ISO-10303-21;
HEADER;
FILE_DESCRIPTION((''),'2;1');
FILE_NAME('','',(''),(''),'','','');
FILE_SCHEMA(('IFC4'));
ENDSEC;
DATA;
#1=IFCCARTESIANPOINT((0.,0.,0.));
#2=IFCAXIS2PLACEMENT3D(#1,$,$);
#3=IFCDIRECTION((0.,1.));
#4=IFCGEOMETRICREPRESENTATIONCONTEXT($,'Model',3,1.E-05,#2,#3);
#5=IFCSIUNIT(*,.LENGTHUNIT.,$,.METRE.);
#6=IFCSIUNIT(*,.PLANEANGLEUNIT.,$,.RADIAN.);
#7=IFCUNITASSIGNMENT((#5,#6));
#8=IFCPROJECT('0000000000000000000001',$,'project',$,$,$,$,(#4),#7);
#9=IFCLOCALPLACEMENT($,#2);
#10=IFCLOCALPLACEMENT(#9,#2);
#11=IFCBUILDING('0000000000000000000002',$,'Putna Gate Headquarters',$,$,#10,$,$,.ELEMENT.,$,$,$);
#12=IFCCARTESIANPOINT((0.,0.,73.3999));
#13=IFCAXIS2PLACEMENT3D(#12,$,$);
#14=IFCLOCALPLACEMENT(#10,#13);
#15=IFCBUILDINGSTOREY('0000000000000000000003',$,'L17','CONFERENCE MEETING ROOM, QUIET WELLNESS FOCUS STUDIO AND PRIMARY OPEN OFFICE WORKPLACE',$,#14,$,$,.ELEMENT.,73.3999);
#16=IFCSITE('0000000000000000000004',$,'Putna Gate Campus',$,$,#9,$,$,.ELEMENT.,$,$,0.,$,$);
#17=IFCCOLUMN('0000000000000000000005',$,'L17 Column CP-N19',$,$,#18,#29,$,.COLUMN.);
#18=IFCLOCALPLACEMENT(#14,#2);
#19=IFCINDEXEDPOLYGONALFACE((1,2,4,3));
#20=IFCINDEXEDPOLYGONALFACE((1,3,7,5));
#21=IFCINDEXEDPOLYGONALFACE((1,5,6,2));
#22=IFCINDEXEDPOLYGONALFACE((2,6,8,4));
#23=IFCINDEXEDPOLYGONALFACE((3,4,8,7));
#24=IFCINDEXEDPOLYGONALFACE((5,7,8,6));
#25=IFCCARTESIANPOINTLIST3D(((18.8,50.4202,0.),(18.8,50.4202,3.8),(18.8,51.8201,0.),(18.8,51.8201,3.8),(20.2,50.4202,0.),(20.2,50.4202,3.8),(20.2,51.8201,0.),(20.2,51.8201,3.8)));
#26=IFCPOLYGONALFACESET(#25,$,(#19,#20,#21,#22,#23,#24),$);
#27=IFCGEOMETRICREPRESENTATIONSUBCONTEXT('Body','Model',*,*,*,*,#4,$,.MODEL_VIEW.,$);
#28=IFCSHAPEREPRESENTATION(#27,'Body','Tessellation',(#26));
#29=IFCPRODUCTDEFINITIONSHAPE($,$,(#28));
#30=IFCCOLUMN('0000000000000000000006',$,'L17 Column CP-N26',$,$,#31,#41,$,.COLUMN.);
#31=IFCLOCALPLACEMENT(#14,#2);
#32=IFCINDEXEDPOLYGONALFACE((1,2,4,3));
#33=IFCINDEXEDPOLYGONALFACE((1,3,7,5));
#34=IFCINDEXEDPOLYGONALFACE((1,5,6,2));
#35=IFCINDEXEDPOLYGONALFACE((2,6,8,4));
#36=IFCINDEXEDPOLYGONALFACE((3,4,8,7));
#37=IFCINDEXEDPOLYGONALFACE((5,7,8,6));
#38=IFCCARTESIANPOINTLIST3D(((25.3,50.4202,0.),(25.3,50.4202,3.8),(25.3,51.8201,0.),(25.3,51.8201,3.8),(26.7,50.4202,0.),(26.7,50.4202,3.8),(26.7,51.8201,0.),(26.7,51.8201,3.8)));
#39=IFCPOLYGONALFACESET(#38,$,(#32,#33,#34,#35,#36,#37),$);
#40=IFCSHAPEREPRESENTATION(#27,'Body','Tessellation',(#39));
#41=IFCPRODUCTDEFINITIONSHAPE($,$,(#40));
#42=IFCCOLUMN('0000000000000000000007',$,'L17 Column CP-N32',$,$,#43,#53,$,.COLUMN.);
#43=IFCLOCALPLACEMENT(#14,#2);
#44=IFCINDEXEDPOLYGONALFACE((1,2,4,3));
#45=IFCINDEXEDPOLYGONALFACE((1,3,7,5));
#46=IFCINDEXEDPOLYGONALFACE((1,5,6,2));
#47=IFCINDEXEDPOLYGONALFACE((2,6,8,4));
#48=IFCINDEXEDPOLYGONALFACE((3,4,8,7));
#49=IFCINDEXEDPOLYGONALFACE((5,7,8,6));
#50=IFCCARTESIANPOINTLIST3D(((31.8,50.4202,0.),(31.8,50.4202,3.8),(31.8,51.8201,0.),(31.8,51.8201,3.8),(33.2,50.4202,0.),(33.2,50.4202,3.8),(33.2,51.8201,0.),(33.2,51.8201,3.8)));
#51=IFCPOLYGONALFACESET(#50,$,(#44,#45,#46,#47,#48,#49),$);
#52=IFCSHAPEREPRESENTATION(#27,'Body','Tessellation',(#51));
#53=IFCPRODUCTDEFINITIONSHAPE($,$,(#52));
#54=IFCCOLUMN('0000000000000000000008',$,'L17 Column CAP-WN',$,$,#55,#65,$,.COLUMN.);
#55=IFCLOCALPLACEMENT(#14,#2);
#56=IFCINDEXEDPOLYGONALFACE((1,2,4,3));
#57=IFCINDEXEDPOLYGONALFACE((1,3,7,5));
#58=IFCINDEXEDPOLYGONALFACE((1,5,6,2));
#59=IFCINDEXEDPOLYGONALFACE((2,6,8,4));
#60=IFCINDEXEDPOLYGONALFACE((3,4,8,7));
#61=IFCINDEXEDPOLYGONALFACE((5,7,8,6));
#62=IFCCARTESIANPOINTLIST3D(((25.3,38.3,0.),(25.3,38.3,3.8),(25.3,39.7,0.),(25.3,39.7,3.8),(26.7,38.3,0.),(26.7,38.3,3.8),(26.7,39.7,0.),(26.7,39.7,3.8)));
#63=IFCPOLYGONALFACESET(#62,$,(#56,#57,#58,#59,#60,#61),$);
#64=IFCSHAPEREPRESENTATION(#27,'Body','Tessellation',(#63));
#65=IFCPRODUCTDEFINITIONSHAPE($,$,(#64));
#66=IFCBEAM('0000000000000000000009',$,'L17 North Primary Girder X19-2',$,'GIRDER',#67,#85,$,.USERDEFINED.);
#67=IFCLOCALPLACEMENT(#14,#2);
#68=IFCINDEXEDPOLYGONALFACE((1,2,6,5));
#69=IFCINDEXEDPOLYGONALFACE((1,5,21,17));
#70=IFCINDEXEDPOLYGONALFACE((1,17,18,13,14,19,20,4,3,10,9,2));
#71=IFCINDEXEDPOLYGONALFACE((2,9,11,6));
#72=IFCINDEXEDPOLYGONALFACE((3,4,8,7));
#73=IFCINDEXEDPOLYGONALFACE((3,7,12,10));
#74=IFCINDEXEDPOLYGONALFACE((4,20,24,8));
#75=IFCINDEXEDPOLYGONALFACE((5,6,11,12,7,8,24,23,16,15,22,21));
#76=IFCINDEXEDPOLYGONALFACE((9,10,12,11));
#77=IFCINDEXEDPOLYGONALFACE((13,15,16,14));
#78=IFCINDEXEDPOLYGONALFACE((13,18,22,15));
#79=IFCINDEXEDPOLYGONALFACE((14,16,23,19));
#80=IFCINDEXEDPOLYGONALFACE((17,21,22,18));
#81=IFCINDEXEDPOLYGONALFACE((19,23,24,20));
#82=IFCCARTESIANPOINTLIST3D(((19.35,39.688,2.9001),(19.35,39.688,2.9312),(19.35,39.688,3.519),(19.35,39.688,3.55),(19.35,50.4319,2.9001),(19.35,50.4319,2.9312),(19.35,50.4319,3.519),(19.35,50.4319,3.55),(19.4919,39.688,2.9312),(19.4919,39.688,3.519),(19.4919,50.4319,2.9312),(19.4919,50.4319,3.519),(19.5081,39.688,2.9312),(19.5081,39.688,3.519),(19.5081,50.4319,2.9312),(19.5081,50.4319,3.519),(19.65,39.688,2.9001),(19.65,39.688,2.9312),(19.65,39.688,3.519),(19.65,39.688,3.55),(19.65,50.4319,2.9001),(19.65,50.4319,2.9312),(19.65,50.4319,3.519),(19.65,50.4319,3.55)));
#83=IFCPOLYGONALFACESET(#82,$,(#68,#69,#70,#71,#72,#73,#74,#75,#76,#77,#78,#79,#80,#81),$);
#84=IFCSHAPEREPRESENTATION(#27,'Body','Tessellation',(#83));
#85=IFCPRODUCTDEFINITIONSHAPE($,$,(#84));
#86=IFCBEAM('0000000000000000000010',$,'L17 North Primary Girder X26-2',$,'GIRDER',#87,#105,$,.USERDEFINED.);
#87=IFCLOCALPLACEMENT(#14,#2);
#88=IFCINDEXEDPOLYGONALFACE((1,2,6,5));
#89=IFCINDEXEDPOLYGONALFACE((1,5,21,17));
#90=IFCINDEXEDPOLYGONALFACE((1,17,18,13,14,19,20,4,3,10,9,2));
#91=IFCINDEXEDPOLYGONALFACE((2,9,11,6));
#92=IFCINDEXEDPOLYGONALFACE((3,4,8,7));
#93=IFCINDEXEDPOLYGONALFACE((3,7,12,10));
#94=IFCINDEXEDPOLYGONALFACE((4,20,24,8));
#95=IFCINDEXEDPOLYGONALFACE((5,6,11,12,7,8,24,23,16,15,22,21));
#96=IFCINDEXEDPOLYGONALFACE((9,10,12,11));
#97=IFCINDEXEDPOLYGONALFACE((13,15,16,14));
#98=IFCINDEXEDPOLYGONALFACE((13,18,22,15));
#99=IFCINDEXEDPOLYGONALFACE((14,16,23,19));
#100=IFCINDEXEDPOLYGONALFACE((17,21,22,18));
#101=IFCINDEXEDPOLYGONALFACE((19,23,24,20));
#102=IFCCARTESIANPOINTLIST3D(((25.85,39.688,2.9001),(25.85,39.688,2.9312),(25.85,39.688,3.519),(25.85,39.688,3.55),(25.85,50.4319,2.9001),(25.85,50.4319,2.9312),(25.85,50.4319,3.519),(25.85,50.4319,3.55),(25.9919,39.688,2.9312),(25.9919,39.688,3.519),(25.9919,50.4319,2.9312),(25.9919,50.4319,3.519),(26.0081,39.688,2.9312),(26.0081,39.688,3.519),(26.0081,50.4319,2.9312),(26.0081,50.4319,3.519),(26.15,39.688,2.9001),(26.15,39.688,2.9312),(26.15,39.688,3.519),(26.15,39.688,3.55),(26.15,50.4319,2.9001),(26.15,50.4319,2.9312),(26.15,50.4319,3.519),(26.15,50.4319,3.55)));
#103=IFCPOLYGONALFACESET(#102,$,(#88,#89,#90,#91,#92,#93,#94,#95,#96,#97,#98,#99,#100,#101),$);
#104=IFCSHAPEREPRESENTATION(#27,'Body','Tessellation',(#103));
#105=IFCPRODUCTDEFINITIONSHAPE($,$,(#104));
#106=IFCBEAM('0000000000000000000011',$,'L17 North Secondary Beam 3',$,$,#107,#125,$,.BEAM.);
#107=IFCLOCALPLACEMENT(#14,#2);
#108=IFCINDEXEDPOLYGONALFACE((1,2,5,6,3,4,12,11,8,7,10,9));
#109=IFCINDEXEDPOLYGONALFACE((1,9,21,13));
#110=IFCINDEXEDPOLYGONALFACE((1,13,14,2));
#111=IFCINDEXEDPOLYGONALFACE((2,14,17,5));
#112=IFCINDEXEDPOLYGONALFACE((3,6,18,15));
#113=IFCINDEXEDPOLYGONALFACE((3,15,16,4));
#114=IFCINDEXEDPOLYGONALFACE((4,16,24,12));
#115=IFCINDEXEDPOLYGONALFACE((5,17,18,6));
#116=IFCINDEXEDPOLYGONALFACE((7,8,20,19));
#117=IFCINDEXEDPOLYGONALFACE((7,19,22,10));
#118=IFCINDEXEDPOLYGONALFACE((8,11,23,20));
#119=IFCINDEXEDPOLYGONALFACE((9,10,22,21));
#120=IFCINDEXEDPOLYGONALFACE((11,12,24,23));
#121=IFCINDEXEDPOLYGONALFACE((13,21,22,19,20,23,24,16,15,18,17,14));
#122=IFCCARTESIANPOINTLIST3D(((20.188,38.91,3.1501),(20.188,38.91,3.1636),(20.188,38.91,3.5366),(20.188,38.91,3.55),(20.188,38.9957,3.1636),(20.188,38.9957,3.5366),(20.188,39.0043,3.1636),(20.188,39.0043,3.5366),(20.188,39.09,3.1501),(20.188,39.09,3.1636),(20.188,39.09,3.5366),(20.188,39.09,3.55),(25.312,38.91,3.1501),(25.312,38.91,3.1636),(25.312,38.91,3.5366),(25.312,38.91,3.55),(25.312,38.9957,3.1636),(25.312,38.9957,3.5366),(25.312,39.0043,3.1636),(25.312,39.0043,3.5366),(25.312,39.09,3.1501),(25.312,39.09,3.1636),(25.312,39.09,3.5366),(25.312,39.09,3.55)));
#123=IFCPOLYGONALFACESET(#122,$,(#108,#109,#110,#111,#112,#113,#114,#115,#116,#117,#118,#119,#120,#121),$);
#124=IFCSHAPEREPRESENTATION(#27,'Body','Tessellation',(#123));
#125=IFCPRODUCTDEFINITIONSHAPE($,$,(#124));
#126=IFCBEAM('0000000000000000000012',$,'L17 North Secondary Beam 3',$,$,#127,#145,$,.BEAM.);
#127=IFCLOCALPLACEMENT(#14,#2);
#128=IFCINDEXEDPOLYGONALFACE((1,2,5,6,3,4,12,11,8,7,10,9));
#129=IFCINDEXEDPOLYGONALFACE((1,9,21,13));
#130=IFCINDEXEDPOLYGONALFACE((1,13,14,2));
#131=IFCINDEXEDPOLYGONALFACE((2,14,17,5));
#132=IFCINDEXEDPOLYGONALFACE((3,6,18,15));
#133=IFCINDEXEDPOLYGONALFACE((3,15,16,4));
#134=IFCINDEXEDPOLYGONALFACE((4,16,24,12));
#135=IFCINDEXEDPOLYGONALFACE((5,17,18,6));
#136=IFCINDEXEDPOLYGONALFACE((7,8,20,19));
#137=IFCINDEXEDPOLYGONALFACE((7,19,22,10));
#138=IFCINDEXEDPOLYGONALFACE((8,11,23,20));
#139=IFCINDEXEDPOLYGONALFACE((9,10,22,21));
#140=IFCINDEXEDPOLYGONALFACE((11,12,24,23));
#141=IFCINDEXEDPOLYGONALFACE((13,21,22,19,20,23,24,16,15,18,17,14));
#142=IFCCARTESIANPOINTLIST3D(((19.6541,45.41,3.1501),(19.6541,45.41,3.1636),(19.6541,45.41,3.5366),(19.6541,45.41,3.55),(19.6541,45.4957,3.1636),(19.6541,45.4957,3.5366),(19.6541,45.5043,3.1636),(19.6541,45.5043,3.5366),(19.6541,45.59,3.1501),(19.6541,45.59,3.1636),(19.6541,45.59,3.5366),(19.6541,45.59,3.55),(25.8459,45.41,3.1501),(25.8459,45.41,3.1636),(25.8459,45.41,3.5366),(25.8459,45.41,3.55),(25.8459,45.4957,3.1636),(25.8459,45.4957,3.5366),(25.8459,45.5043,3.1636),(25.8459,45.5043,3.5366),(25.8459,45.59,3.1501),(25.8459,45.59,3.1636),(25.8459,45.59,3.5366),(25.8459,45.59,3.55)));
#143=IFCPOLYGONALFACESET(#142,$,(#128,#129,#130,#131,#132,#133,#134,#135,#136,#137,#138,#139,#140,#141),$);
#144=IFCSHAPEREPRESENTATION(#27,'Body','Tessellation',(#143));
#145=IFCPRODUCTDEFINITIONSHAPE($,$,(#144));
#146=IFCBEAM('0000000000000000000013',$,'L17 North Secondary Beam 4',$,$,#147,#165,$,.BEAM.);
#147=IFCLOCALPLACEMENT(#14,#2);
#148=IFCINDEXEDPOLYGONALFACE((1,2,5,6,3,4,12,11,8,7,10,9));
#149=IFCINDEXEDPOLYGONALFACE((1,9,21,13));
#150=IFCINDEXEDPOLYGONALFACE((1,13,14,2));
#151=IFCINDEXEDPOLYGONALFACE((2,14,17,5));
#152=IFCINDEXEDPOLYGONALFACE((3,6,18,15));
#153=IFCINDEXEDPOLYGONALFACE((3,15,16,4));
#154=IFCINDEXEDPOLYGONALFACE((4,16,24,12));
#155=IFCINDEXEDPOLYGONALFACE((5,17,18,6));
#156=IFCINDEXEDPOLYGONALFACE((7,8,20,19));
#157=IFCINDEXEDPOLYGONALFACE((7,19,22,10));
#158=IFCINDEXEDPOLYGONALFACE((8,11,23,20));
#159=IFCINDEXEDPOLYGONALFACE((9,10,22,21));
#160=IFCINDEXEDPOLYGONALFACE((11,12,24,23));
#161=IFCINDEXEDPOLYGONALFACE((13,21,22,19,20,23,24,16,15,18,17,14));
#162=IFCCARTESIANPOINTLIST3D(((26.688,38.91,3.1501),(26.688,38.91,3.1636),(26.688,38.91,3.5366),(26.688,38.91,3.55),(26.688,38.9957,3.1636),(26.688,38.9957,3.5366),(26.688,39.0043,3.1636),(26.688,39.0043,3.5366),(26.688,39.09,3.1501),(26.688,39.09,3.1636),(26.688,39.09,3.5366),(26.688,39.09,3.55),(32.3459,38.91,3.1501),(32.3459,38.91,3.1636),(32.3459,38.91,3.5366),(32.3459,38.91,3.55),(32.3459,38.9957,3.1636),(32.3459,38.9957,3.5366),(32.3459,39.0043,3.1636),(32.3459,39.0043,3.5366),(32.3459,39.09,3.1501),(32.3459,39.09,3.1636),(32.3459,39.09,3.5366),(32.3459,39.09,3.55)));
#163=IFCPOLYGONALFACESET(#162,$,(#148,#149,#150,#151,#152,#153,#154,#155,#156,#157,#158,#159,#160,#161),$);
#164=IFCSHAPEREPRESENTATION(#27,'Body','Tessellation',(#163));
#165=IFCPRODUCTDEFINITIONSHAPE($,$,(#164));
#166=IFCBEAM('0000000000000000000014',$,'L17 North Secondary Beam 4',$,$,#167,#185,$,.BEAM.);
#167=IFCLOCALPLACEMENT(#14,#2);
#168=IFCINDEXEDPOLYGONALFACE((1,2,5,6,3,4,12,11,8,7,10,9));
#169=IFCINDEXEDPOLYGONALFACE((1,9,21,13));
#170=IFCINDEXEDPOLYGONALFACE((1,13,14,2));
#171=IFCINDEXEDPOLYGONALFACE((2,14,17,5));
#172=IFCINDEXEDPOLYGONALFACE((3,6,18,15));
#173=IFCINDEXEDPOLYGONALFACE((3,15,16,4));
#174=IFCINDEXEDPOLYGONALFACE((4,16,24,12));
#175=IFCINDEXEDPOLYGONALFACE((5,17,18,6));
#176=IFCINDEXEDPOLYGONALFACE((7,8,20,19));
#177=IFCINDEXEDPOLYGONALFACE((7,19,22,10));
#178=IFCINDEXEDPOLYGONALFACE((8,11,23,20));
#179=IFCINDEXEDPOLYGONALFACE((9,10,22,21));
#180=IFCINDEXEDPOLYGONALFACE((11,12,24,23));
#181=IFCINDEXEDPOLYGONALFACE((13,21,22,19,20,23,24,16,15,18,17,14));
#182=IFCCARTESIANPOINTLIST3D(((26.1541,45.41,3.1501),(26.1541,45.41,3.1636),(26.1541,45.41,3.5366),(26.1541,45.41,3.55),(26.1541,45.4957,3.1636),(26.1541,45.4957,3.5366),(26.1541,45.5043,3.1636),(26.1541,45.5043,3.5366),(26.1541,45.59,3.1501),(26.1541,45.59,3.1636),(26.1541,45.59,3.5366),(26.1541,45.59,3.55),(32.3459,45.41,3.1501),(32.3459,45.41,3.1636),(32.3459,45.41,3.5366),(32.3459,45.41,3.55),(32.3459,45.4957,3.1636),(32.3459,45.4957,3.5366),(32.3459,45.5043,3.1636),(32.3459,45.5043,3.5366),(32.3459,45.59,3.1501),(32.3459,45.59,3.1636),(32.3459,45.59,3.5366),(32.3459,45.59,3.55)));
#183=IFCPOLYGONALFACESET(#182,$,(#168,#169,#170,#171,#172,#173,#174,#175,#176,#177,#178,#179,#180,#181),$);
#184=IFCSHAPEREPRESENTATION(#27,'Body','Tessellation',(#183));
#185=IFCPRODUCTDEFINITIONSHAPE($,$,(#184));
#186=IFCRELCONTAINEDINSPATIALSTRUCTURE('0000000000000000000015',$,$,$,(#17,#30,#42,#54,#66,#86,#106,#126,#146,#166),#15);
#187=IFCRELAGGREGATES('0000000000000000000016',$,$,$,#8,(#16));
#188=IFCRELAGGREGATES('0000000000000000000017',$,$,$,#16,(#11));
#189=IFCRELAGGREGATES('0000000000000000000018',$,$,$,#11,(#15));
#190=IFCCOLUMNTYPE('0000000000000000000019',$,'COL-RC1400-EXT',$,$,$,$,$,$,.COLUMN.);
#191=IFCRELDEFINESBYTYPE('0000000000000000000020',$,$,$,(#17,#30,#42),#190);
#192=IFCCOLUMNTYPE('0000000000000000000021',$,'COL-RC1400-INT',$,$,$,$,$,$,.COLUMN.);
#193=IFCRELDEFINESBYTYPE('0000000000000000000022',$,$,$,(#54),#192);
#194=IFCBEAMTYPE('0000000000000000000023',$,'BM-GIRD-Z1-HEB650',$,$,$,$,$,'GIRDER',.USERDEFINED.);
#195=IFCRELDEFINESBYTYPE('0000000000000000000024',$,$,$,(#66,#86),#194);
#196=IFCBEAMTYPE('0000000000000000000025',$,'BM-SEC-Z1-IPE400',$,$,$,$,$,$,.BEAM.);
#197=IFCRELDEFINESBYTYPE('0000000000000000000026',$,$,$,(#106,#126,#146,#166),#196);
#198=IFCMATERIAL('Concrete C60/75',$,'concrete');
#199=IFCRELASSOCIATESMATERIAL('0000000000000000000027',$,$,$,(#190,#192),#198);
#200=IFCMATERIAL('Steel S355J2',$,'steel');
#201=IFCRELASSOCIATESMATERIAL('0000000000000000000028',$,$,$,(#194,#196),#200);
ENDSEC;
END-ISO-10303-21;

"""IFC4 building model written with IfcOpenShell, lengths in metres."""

from ifc_helpers import new_model, si_unit, direction, frame, origin, origin_2d, place, context, subcontext, project, spatial, rectangle, i_section, extrude, material, material_profile, profile_set, type_object, element, save


model = new_model("IFC4")

# Units and contexts
model_context = context("Model", 3, precision=1e-05, world=origin(), true_north=direction((0.0, 1.0)))
body_context = subcontext(model_context, "Body", "Model", "MODEL_VIEW")
ifc_project = project(units=[si_unit("LENGTHUNIT", "METRE"), si_unit("PLANEANGLEUNIT", "RADIAN")], contexts=[model_context])

# Site, building, storey
site_placement = place(None, origin())
site = spatial("IfcSite", under=ifc_project, at=site_placement, Name="Putna Gate Campus", CompositionType="ELEMENT", RefElevation=0.0)
building_placement = place(site_placement, origin())
building = spatial("IfcBuilding", under=site, at=building_placement, Name="Putna Gate Headquarters", CompositionType="ELEMENT")
storey_placement = place(building_placement, frame((0.0, 0.0, 73.3999)))
storey = spatial("IfcBuildingStorey", under=building, at=storey_placement, Name="L17", Description="CONFERENCE MEETING ROOM, QUIET WELLNESS FOCUS STUDIO AND PRIMARY OPEN OFFICE WORKPLACE", CompositionType="ELEMENT", Elevation=73.3999)

# Columns
ifc_material_1 = material(Name="Concrete C60/75", Category="concrete")
ifc_material_profile_1 = material_profile(ifc_material_1, rectangle(XDim=1.3999, YDim=1.3999, at=origin_2d()), Name="Concrete C60/75")
ifc_profile_set_1 = profile_set([ifc_material_profile_1], Name="Concrete C60/75")
column_type_1 = type_object("IfcColumnType", Name="COL-RC1400-EXT", PredefinedType="COLUMN", material=ifc_profile_set_1)
for number, where, z_axis, x_axis, name in (
    (1, (19.5, 51.1201, 0.0), (0.0, 0.0, 1.0), (1.0, 0.0, 0.0), "L17 Column CP-N19"),
    (2, (26.0, 51.1201, 0.0), (0.0, 0.0, 1.0), (1.0, 0.0, 0.0), "L17 Column CP-N26"),
    (3, (32.5, 51.1201, 0.0), (0.0, 0.0, 1.0), (1.0, 0.0, 0.0), "L17 Column CP-N32"),
):
    element("IfcColumn", number, at=place(storey_placement, frame(where, z_axis=z_axis, x_axis=x_axis)), inside=storey, type_object=column_type_1, Name=name, PredefinedType="COLUMN", context=body_context, shape_type="SweptSolid", body=[
        extrude(rectangle(XDim=1.3999, YDim=1.3999, at=origin_2d()), origin(), (0.0, 0.0, 1.0), 3.8),
    ])
ifc_material_profile_2 = material_profile(ifc_material_1, rectangle(XDim=1.3999, YDim=1.3999, at=origin_2d()), Name="Concrete C60/75")
ifc_profile_set_2 = profile_set([ifc_material_profile_2], Name="Concrete C60/75")
column_type_2 = type_object("IfcColumnType", Name="COL-RC1400-INT", PredefinedType="COLUMN", material=ifc_profile_set_2)
column_placement = place(storey_placement, frame((26.0, 39.0, 0.0), z_axis=(0.0, 0.0, 1.0), x_axis=(1.0, 0.0, 0.0)))
element("IfcColumn", 4, at=column_placement, inside=storey, type_object=column_type_2, Name="L17 Column CAP-WN", PredefinedType="COLUMN", context=body_context, shape_type="SweptSolid", body=[
    extrude(rectangle(XDim=1.3999, YDim=1.3999, at=origin_2d()), origin(), (0.0, 0.0, 1.0), 3.8),
])

# Beams
ifc_material_2 = material(Name="Steel S355J2", Category="steel")
ifc_material_profile_3 = material_profile(ifc_material_2, i_section(OverallWidth=0.3, OverallDepth=0.6499, WebThickness=0.0161, FlangeThickness=0.031, at=origin_2d()), Name="Steel S355J2")
ifc_profile_set_3 = profile_set([ifc_material_profile_3], Name="Steel S355J2")
beam_type_1 = type_object("IfcBeamType", Name="BM-GIRD-Z1-HEB650", ElementType="GIRDER", PredefinedType="USERDEFINED", material=ifc_profile_set_3)
for number, where, z_axis, x_axis, name in (
    (5, (19.5, 39.688, 3.2251), (0.0, 1.0, 0.0), (-1.0, 0.0, 0.0), "L17 North Primary Girder X19-2"),
    (6, (26.0, 39.688, 3.2251), (0.0, 1.0, 0.0), (-1.0, 0.0, 0.0), "L17 North Primary Girder X26-2"),
):
    element("IfcBeam", number, at=place(storey_placement, frame(where, z_axis=z_axis, x_axis=x_axis)), inside=storey, type_object=beam_type_1, Name=name, ObjectType="GIRDER", PredefinedType="USERDEFINED", context=body_context, shape_type="SweptSolid", body=[
        extrude(i_section(OverallWidth=0.3, OverallDepth=0.6499, WebThickness=0.0161, FlangeThickness=0.031, at=origin_2d()), origin(), (0.0, 0.0, 1.0), 10.7439),
    ])
ifc_material_profile_4 = material_profile(ifc_material_2, i_section(OverallWidth=0.1799, OverallDepth=0.3999, WebThickness=0.0085, FlangeThickness=0.0134, at=origin_2d()), Name="Steel S355J2")
ifc_profile_set_4 = profile_set([ifc_material_profile_4], Name="Steel S355J2")
beam_type_2 = type_object("IfcBeamType", Name="BM-SEC-Z1-IPE400", PredefinedType="BEAM", material=ifc_profile_set_4)
beam_1_placement = place(storey_placement, frame((20.188, 39.0, 3.3501), z_axis=(1.0, 0.0, 0.0), x_axis=(0.0, 1.0, 0.0)))
element("IfcBeam", 7, at=beam_1_placement, inside=storey, type_object=beam_type_2, Name="L17 North Secondary Beam 3", PredefinedType="BEAM", context=body_context, shape_type="SweptSolid", body=[
    extrude(i_section(OverallWidth=0.1799, OverallDepth=0.3999, WebThickness=0.0085, FlangeThickness=0.0134, at=origin_2d()), origin(), (0.0, 0.0, 1.0), 5.124),
])
beam_2_placement = place(storey_placement, frame((19.6541, 45.5, 3.3501), z_axis=(1.0, 0.0, 0.0), x_axis=(0.0, 1.0, 0.0)))
element("IfcBeam", 8, at=beam_2_placement, inside=storey, type_object=beam_type_2, Name="L17 North Secondary Beam 3", PredefinedType="BEAM", context=body_context, shape_type="SweptSolid", body=[
    extrude(i_section(OverallWidth=0.1799, OverallDepth=0.3999, WebThickness=0.0085, FlangeThickness=0.0134, at=origin_2d()), origin(), (0.0, 0.0, 1.0), 6.1919),
])
beam_3_placement = place(storey_placement, frame((26.688, 39.0, 3.3501), z_axis=(1.0, 0.0, 0.0), x_axis=(0.0, 1.0, 0.0)))
element("IfcBeam", 9, at=beam_3_placement, inside=storey, type_object=beam_type_2, Name="L17 North Secondary Beam 4", PredefinedType="BEAM", context=body_context, shape_type="SweptSolid", body=[
    extrude(i_section(OverallWidth=0.1799, OverallDepth=0.3999, WebThickness=0.0085, FlangeThickness=0.0134, at=origin_2d()), origin(), (0.0, 0.0, 1.0), 5.658),
])
for number, where, z_axis, x_axis, name in (
    (10, (26.1541, 45.5, 3.3501), (1.0, 0.0, 0.0), (0.0, 1.0, 0.0), "L17 North Secondary Beam 4"),
):
    element("IfcBeam", number, at=place(storey_placement, frame(where, z_axis=z_axis, x_axis=x_axis)), inside=storey, type_object=beam_type_2, Name=name, PredefinedType="BEAM", context=body_context, shape_type="SweptSolid", body=[
        extrude(i_section(OverallWidth=0.1799, OverallDepth=0.3999, WebThickness=0.0085, FlangeThickness=0.0134, at=origin_2d()), origin(), (0.0, 0.0, 1.0), 6.1919),
    ])

save(model, "model.ifc")
